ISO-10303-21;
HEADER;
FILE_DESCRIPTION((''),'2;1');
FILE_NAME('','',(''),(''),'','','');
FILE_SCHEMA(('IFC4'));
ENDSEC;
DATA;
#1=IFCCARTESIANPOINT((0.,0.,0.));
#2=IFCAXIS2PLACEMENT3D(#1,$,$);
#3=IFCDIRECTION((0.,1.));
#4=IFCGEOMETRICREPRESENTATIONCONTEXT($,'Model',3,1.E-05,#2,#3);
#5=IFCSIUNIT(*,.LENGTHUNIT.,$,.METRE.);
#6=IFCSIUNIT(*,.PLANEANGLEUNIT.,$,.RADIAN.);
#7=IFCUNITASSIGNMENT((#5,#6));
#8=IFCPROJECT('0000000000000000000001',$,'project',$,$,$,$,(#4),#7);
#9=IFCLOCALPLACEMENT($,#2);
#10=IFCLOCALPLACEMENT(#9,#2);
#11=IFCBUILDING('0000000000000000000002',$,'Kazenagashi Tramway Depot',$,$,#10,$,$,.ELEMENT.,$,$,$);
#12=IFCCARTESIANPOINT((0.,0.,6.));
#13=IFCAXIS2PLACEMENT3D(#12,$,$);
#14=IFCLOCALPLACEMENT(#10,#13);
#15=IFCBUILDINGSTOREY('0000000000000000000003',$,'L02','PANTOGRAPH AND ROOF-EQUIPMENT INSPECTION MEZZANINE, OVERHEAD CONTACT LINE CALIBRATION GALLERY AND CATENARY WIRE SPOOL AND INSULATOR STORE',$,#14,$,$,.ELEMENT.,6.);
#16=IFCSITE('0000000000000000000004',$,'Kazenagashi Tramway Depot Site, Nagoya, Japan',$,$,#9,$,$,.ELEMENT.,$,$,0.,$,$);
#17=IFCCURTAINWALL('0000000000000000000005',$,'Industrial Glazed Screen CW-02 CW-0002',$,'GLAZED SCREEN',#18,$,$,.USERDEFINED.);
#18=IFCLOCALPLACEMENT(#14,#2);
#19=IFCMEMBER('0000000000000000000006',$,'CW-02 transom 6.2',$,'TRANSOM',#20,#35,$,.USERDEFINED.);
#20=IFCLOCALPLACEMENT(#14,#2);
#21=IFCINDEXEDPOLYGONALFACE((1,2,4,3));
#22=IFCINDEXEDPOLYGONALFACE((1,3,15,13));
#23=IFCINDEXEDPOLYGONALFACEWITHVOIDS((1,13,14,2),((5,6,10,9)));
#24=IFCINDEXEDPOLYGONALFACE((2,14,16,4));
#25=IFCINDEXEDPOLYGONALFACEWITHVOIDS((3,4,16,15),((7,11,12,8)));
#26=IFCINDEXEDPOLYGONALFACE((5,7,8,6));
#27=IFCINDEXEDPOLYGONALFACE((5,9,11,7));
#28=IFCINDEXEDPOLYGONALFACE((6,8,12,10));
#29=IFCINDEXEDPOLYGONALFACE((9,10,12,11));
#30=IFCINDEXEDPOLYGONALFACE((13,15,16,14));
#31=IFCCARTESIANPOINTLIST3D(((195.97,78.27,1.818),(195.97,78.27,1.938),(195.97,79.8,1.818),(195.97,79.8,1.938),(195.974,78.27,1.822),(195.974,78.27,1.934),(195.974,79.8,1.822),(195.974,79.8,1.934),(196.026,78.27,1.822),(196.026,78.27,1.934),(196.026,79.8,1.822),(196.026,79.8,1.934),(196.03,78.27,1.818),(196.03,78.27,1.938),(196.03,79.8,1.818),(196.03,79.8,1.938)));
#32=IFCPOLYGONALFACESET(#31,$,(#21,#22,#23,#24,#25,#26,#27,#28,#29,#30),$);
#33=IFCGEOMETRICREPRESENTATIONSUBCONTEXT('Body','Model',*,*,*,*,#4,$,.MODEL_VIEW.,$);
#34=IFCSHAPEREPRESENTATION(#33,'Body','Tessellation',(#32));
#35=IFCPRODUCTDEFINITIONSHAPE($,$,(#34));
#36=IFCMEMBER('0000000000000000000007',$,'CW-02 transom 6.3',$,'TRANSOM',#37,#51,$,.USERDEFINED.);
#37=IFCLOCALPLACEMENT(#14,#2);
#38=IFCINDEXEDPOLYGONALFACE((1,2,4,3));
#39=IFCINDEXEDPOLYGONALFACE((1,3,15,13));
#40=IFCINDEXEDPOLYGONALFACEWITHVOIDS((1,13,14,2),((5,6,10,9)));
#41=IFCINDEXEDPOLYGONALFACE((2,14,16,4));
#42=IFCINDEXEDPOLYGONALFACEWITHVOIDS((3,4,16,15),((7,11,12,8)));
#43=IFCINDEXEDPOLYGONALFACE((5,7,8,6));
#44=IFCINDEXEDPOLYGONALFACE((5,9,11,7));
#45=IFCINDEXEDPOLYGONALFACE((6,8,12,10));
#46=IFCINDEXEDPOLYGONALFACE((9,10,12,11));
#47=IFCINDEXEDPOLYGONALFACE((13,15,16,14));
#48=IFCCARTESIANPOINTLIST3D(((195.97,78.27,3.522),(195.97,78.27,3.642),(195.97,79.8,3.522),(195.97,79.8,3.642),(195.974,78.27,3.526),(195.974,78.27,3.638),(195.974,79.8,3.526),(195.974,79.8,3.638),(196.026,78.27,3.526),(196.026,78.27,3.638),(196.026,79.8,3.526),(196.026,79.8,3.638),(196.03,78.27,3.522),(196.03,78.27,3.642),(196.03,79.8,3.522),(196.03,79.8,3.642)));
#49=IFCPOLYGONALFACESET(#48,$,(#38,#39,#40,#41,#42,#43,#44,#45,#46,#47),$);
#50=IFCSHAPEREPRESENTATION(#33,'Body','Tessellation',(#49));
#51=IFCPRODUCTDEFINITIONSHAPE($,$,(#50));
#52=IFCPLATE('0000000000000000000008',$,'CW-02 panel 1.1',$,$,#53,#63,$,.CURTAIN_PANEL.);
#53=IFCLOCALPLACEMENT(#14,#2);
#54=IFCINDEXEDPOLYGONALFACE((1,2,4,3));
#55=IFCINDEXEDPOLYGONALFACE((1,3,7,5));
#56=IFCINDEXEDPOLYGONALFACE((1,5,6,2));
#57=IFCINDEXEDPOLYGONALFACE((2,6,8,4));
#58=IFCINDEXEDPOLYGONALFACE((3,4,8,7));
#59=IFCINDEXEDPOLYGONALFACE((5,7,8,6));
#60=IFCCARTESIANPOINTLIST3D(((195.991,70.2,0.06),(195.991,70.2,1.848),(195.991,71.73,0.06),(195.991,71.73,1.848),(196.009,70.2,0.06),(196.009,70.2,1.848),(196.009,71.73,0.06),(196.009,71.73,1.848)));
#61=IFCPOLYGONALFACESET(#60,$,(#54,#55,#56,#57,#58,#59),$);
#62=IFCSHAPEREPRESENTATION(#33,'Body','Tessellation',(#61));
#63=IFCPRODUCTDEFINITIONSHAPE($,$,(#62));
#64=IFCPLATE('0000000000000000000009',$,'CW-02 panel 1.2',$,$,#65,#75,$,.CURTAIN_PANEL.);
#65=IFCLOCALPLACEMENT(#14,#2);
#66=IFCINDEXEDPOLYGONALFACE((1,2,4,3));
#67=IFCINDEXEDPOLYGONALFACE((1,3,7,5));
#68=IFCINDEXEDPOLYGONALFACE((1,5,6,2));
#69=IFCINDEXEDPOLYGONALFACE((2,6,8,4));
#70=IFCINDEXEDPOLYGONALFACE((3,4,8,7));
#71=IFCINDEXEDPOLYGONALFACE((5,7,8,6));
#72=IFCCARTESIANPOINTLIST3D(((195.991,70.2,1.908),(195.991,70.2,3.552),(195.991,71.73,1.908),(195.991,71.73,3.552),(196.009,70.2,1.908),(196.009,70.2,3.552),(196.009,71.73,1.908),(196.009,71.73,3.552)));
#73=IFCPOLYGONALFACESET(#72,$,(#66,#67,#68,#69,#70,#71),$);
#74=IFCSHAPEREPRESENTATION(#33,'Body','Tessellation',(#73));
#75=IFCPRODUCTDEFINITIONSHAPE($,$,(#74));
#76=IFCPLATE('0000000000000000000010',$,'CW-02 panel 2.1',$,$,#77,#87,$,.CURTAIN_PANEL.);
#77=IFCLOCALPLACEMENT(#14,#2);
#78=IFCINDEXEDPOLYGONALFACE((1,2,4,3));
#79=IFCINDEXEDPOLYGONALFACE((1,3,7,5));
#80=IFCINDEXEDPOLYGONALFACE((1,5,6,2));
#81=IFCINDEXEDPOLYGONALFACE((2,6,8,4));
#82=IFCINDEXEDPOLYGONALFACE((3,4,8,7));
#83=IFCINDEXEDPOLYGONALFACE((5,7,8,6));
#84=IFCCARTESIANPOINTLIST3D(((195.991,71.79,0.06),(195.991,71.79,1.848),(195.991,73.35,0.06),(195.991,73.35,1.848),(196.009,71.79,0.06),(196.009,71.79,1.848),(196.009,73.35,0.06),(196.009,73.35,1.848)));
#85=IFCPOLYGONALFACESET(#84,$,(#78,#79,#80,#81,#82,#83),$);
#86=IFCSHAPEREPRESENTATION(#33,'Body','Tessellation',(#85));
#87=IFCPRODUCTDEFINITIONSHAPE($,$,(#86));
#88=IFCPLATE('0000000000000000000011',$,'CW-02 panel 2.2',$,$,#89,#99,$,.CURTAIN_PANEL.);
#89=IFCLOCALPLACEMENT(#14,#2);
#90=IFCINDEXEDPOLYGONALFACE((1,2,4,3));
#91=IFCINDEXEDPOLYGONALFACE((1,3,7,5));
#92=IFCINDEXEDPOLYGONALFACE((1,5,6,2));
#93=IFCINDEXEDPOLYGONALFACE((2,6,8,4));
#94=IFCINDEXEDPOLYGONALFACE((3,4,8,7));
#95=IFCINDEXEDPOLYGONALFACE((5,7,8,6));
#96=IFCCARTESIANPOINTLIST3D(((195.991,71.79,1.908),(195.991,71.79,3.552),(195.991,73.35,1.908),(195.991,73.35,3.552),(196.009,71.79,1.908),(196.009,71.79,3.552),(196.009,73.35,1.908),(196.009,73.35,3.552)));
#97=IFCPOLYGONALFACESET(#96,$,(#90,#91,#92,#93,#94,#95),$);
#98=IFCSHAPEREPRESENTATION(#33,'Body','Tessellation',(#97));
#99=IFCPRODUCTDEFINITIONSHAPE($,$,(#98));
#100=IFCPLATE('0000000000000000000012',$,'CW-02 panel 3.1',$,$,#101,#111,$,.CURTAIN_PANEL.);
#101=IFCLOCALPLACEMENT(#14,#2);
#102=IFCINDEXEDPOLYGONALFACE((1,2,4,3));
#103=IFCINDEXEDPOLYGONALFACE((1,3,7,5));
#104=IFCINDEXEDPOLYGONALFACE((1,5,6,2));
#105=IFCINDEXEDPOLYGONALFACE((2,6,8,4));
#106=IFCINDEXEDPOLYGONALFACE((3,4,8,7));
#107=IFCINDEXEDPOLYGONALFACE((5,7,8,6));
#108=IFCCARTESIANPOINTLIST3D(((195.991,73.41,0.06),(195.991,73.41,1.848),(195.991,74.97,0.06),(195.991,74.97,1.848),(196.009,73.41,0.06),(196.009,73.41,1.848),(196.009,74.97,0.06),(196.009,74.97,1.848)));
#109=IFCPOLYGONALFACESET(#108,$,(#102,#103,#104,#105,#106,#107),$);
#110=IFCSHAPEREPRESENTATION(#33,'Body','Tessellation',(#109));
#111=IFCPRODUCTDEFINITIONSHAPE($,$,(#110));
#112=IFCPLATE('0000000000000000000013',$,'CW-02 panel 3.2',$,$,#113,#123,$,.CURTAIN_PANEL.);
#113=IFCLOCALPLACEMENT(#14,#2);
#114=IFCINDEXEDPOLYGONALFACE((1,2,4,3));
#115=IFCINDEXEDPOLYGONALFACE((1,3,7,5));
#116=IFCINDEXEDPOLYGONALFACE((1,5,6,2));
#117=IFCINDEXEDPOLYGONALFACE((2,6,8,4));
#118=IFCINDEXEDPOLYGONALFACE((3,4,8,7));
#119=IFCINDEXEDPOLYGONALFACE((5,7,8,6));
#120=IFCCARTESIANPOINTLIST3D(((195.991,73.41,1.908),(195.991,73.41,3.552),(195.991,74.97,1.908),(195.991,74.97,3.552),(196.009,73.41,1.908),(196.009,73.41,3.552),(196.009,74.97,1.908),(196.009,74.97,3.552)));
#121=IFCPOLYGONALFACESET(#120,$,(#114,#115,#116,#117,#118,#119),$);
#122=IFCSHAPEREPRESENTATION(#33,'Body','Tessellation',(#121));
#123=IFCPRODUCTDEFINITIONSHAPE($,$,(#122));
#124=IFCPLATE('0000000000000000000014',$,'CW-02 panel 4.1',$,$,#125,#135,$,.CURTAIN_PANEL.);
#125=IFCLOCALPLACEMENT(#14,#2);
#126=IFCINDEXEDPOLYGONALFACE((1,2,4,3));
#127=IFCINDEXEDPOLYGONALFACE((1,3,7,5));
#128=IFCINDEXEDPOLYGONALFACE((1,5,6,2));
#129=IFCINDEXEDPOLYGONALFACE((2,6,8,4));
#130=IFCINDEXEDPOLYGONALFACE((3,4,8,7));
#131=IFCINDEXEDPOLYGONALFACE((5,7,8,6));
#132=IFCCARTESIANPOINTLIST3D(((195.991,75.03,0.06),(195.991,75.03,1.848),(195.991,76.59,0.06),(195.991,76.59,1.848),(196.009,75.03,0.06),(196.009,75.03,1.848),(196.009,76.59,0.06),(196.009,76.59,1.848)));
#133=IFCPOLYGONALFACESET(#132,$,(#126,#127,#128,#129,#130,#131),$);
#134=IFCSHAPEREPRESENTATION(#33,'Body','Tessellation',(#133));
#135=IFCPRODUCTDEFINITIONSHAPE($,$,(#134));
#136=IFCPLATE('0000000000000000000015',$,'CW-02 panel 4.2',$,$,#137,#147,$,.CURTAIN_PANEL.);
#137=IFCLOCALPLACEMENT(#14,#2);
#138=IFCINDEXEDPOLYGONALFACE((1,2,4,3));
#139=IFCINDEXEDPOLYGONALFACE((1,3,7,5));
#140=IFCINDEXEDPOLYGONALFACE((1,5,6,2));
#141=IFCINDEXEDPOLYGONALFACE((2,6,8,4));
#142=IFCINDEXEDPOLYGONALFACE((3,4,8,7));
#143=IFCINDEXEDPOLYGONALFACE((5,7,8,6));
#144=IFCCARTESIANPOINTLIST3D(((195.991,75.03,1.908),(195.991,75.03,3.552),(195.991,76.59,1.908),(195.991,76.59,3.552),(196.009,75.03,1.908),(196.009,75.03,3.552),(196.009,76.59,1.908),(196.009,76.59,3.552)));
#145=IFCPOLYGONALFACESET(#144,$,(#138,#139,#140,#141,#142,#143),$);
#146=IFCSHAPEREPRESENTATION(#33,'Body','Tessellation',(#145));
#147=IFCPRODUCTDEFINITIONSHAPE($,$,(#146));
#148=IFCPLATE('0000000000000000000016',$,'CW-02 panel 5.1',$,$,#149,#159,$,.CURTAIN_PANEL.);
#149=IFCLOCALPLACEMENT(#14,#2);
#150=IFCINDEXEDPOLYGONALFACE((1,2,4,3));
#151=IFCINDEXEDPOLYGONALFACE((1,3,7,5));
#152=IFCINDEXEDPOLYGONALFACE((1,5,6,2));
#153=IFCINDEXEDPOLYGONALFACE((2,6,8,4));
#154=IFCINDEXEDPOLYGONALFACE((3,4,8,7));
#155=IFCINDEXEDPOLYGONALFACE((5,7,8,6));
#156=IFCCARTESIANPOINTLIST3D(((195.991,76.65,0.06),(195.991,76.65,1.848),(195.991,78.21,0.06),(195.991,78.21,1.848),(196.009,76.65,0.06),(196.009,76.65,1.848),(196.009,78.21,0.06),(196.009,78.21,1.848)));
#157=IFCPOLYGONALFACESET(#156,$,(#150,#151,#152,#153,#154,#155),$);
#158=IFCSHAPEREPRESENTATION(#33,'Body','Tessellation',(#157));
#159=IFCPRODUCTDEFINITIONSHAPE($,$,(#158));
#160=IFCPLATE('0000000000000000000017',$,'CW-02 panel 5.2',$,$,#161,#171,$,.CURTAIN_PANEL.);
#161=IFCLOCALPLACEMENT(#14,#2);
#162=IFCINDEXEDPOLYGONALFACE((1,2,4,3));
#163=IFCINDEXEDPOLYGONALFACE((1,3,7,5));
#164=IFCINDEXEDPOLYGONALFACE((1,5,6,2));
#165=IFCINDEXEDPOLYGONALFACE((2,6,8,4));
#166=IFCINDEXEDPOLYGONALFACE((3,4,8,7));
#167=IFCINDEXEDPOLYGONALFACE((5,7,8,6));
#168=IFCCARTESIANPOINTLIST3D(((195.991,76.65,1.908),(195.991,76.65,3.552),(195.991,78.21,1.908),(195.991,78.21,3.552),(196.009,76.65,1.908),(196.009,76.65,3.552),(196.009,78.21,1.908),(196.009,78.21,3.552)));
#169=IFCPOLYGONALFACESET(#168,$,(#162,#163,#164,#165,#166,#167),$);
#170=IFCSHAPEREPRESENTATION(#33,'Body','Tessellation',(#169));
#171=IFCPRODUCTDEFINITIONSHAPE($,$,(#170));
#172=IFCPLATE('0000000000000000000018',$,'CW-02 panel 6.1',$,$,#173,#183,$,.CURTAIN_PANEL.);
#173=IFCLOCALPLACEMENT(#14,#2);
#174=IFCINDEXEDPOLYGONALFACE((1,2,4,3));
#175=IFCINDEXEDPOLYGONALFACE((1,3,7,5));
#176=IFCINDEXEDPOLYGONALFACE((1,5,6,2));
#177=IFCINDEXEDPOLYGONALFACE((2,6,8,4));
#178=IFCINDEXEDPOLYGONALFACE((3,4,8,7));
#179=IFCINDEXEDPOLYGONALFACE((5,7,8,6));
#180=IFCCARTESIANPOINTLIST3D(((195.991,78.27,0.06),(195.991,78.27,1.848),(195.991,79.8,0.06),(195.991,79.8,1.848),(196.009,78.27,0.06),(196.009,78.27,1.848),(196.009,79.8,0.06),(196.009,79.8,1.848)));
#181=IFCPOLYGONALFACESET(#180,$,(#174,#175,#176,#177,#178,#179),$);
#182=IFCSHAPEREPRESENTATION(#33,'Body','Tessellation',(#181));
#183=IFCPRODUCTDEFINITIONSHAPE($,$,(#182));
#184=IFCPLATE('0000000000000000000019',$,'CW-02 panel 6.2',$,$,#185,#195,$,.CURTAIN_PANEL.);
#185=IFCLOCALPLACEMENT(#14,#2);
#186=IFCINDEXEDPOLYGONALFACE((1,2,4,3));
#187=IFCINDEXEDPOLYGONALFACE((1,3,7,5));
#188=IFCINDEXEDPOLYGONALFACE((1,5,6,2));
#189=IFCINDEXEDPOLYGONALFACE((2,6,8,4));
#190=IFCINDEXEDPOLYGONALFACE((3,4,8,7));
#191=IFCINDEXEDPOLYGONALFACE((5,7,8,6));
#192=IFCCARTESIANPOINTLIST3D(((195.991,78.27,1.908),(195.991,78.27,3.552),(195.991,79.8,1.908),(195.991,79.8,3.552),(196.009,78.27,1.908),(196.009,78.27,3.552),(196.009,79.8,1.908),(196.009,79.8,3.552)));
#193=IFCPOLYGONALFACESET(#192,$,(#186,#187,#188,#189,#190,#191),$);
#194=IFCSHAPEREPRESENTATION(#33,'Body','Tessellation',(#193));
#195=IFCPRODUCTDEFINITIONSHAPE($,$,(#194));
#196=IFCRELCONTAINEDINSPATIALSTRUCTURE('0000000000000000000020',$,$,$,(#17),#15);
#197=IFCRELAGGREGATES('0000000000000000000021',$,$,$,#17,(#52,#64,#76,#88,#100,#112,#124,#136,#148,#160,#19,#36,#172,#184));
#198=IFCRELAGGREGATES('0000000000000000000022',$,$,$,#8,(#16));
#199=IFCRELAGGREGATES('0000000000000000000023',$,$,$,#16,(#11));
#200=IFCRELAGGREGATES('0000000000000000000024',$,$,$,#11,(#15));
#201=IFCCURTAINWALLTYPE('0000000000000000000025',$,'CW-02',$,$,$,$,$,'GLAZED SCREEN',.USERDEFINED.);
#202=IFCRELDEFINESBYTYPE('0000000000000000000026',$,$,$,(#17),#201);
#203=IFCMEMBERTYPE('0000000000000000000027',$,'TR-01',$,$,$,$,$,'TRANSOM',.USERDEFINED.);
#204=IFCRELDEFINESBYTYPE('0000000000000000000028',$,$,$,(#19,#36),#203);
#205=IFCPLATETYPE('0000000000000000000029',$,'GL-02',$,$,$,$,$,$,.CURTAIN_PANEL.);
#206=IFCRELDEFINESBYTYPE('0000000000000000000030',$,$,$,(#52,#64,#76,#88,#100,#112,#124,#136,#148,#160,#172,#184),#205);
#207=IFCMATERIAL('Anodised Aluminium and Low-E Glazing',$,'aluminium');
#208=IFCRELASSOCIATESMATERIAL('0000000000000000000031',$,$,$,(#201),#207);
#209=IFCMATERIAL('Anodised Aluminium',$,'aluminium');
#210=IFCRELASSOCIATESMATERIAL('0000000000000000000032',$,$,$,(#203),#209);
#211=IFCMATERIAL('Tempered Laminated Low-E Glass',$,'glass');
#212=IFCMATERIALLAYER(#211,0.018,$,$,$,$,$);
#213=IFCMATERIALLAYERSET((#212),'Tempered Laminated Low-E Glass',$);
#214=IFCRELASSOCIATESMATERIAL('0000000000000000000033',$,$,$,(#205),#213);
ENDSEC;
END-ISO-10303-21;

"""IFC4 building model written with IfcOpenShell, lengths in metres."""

from ifc_helpers import new_model, si_unit, direction, frame, origin, origin_2d, place, context, subcontext, project, spatial, rectangle, hollow_rectangle, extrude, material, layer, layer_set, material_profile, profile_set, type_object, element, aggregate, save


model = new_model("IFC4")

# Units and contexts
model_context = context("Model", 3, precision=1e-05, world=origin(), true_north=direction((0.0, 1.0)))
body_context = subcontext(model_context, "Body", "Model", "MODEL_VIEW")
ifc_project = project(units=[si_unit("LENGTHUNIT", "METRE"), si_unit("PLANEANGLEUNIT", "RADIAN")], contexts=[model_context])

# Site, building, storey
site_placement = place(None, origin())
site = spatial("IfcSite", under=ifc_project, at=site_placement, Name="Kazenagashi Tramway Depot Site, Nagoya, Japan", CompositionType="ELEMENT", RefElevation=0.0)
building_placement = place(site_placement, origin())
building = spatial("IfcBuilding", under=site, at=building_placement, Name="Kazenagashi Tramway Depot", CompositionType="ELEMENT")
storey_placement = place(building_placement, frame((0.0, 0.0, 6.0)))
storey = spatial("IfcBuildingStorey", under=building, at=storey_placement, Name="L02", Description="PANTOGRAPH AND ROOF-EQUIPMENT INSPECTION MEZZANINE, OVERHEAD CONTACT LINE CALIBRATION GALLERY AND CATENARY WIRE SPOOL AND INSULATOR STORE", CompositionType="ELEMENT", Elevation=6.0)

# Curtain wall, members, plates
ifc_material_1 = material(Name="Anodised Aluminium and Low-E Glazing", Category="aluminium")
curtain_wall_type = type_object("IfcCurtainWallType", Name="CW-02", ElementType="GLAZED SCREEN", PredefinedType="USERDEFINED", material=ifc_material_1)
curtain_wall_placement = place(storey_placement, origin())
curtain_wall = element("IfcCurtainWall", 1, at=curtain_wall_placement, inside=storey, type_object=curtain_wall_type, Name="Industrial Glazed Screen CW-02 CW-0002", ObjectType="GLAZED SCREEN", PredefinedType="USERDEFINED")
ifc_material_2 = material(Name="Anodised Aluminium", Category="aluminium")
ifc_material_profile_1 = material_profile(ifc_material_2, hollow_rectangle(XDim=0.06, YDim=0.12, WallThickness=0.004, at=origin_2d()), Name="RHS-120x60x4")
ifc_profile_set_1 = profile_set([ifc_material_profile_1], Name="Anodised Aluminium")
member_type_1 = type_object("IfcMemberType", Name="TR-01", ElementType="TRANSOM", PredefinedType="USERDEFINED", material=ifc_profile_set_1)
member_1_placement = place(storey_placement, frame((196.0, 78.27, 1.878), z_axis=(0.0, 1.0, 0.0), x_axis=(-1.0, 0.0, 0.0)))
member_1 = element("IfcMember", 2, at=member_1_placement, type_object=member_type_1, Name="CW-02 transom 6.2", ObjectType="TRANSOM", PredefinedType="USERDEFINED", context=body_context, shape_type="SweptSolid", body=[
    extrude(hollow_rectangle(XDim=0.06, YDim=0.12, WallThickness=0.004, at=origin_2d()), origin(), (0.0, 0.0, 1.0), 1.53),
])
member_2_placement = place(storey_placement, frame((196.0, 78.27, 3.582), z_axis=(0.0, 1.0, 0.0), x_axis=(-1.0, 0.0, 0.0)))
member_2 = element("IfcMember", 3, at=member_2_placement, type_object=member_type_1, Name="CW-02 transom 6.3", ObjectType="TRANSOM", PredefinedType="USERDEFINED", context=body_context, shape_type="SweptSolid", body=[
    extrude(hollow_rectangle(XDim=0.06, YDim=0.12, WallThickness=0.004, at=origin_2d()), origin(), (0.0, 0.0, 1.0), 1.53),
])
ifc_material_3 = material(Name="Tempered Laminated Low-E Glass", Category="glass")
ifc_layer = layer(ifc_material_3, 0.018)
ifc_layer_set = layer_set([ifc_layer], Name="Tempered Laminated Low-E Glass")
plate_type = type_object("IfcPlateType", Name="GL-02", PredefinedType="CURTAIN_PANEL", material=ifc_layer_set)
plate_1_placement = place(storey_placement, frame((196.0, 70.965, 0.06), z_axis=(0.0, 0.0, 1.0), x_axis=(0.0, 1.0, 0.0)))
plate_1 = element("IfcPlate", 4, at=plate_1_placement, type_object=plate_type, Name="CW-02 panel 1.1", PredefinedType="CURTAIN_PANEL", context=body_context, shape_type="SweptSolid", body=[
    extrude(rectangle(XDim=1.53, YDim=0.018, at=origin_2d()), origin(), (0.0, 0.0, 1.0), 1.788),
])
plate_2_placement = place(storey_placement, frame((196.0, 70.965, 1.908), z_axis=(0.0, 0.0, 1.0), x_axis=(0.0, 1.0, 0.0)))
plate_2 = element("IfcPlate", 5, at=plate_2_placement, type_object=plate_type, Name="CW-02 panel 1.2", PredefinedType="CURTAIN_PANEL", context=body_context, shape_type="SweptSolid", body=[
    extrude(rectangle(XDim=1.53, YDim=0.018, at=origin_2d()), origin(), (0.0, 0.0, 1.0), 1.644),
])
plate_3_placement = place(storey_placement, frame((196.0, 72.57, 0.06), z_axis=(0.0, 0.0, 1.0), x_axis=(0.0, 1.0, 0.0)))
plate_3 = element("IfcPlate", 6, at=plate_3_placement, type_object=plate_type, Name="CW-02 panel 2.1", PredefinedType="CURTAIN_PANEL", context=body_context, shape_type="SweptSolid", body=[
    extrude(rectangle(XDim=1.56, YDim=0.018, at=origin_2d()), origin(), (0.0, 0.0, 1.0), 1.788),
])
plate_4_placement = place(storey_placement, frame((196.0, 72.57, 1.908), z_axis=(0.0, 0.0, 1.0), x_axis=(0.0, 1.0, 0.0)))
plate_4 = element("IfcPlate", 7, at=plate_4_placement, type_object=plate_type, Name="CW-02 panel 2.2", PredefinedType="CURTAIN_PANEL", context=body_context, shape_type="SweptSolid", body=[
    extrude(rectangle(XDim=1.56, YDim=0.018, at=origin_2d()), origin(), (0.0, 0.0, 1.0), 1.644),
])
plate_5_placement = place(storey_placement, frame((196.0, 74.19, 0.06), z_axis=(0.0, 0.0, 1.0), x_axis=(0.0, 1.0, 0.0)))
plate_5 = element("IfcPlate", 8, at=plate_5_placement, type_object=plate_type, Name="CW-02 panel 3.1", PredefinedType="CURTAIN_PANEL", context=body_context, shape_type="SweptSolid", body=[
    extrude(rectangle(XDim=1.56, YDim=0.018, at=origin_2d()), origin(), (0.0, 0.0, 1.0), 1.788),
])
plate_6_placement = place(storey_placement, frame((196.0, 74.19, 1.908), z_axis=(0.0, 0.0, 1.0), x_axis=(0.0, 1.0, 0.0)))
plate_6 = element("IfcPlate", 9, at=plate_6_placement, type_object=plate_type, Name="CW-02 panel 3.2", PredefinedType="CURTAIN_PANEL", context=body_context, shape_type="SweptSolid", body=[
    extrude(rectangle(XDim=1.56, YDim=0.018, at=origin_2d()), origin(), (0.0, 0.0, 1.0), 1.644),
])
plate_7_placement = place(storey_placement, frame((196.0, 75.81, 0.06), z_axis=(0.0, 0.0, 1.0), x_axis=(0.0, 1.0, 0.0)))
plate_7 = element("IfcPlate", 10, at=plate_7_placement, type_object=plate_type, Name="CW-02 panel 4.1", PredefinedType="CURTAIN_PANEL", context=body_context, shape_type="SweptSolid", body=[
    extrude(rectangle(XDim=1.56, YDim=0.018, at=origin_2d()), origin(), (0.0, 0.0, 1.0), 1.788),
])
plate_8_placement = place(storey_placement, frame((196.0, 75.81, 1.908), z_axis=(0.0, 0.0, 1.0), x_axis=(0.0, 1.0, 0.0)))
plate_8 = element("IfcPlate", 11, at=plate_8_placement, type_object=plate_type, Name="CW-02 panel 4.2", PredefinedType="CURTAIN_PANEL", context=body_context, shape_type="SweptSolid", body=[
    extrude(rectangle(XDim=1.56, YDim=0.018, at=origin_2d()), origin(), (0.0, 0.0, 1.0), 1.644),
])
plate_9_placement = place(storey_placement, frame((196.0, 77.43, 0.06), z_axis=(0.0, 0.0, 1.0), x_axis=(0.0, 1.0, 0.0)))
plate_9 = element("IfcPlate", 12, at=plate_9_placement, type_object=plate_type, Name="CW-02 panel 5.1", PredefinedType="CURTAIN_PANEL", context=body_context, shape_type="SweptSolid", body=[
    extrude(rectangle(XDim=1.56, YDim=0.018, at=origin_2d()), origin(), (0.0, 0.0, 1.0), 1.788),
])
plate_10_placement = place(storey_placement, frame((196.0, 77.43, 1.908), z_axis=(0.0, 0.0, 1.0), x_axis=(0.0, 1.0, 0.0)))
plate_10 = element("IfcPlate", 13, at=plate_10_placement, type_object=plate_type, Name="CW-02 panel 5.2", PredefinedType="CURTAIN_PANEL", context=body_context, shape_type="SweptSolid", body=[
    extrude(rectangle(XDim=1.56, YDim=0.018, at=origin_2d()), origin(), (0.0, 0.0, 1.0), 1.644),
])
plate_11_placement = place(storey_placement, frame((196.0, 79.035, 0.06), z_axis=(0.0, 0.0, 1.0), x_axis=(0.0, 1.0, 0.0)))
plate_11 = element("IfcPlate", 14, at=plate_11_placement, type_object=plate_type, Name="CW-02 panel 6.1", PredefinedType="CURTAIN_PANEL", context=body_context, shape_type="SweptSolid", body=[
    extrude(rectangle(XDim=1.53, YDim=0.018, at=origin_2d()), origin(), (0.0, 0.0, 1.0), 1.788),
])
plate_12_placement = place(storey_placement, frame((196.0, 79.035, 1.908), z_axis=(0.0, 0.0, 1.0), x_axis=(0.0, 1.0, 0.0)))
plate_12 = element("IfcPlate", 15, at=plate_12_placement, type_object=plate_type, Name="CW-02 panel 6.2", PredefinedType="CURTAIN_PANEL", context=body_context, shape_type="SweptSolid", body=[
    extrude(rectangle(XDim=1.53, YDim=0.018, at=origin_2d()), origin(), (0.0, 0.0, 1.0), 1.644),
])
aggregate(curtain_wall, [plate_1, plate_2, plate_3, plate_4, plate_5, plate_6, plate_7, plate_8, plate_9, plate_10, member_1, member_2, plate_11, plate_12])

save(model, "model.ifc")
